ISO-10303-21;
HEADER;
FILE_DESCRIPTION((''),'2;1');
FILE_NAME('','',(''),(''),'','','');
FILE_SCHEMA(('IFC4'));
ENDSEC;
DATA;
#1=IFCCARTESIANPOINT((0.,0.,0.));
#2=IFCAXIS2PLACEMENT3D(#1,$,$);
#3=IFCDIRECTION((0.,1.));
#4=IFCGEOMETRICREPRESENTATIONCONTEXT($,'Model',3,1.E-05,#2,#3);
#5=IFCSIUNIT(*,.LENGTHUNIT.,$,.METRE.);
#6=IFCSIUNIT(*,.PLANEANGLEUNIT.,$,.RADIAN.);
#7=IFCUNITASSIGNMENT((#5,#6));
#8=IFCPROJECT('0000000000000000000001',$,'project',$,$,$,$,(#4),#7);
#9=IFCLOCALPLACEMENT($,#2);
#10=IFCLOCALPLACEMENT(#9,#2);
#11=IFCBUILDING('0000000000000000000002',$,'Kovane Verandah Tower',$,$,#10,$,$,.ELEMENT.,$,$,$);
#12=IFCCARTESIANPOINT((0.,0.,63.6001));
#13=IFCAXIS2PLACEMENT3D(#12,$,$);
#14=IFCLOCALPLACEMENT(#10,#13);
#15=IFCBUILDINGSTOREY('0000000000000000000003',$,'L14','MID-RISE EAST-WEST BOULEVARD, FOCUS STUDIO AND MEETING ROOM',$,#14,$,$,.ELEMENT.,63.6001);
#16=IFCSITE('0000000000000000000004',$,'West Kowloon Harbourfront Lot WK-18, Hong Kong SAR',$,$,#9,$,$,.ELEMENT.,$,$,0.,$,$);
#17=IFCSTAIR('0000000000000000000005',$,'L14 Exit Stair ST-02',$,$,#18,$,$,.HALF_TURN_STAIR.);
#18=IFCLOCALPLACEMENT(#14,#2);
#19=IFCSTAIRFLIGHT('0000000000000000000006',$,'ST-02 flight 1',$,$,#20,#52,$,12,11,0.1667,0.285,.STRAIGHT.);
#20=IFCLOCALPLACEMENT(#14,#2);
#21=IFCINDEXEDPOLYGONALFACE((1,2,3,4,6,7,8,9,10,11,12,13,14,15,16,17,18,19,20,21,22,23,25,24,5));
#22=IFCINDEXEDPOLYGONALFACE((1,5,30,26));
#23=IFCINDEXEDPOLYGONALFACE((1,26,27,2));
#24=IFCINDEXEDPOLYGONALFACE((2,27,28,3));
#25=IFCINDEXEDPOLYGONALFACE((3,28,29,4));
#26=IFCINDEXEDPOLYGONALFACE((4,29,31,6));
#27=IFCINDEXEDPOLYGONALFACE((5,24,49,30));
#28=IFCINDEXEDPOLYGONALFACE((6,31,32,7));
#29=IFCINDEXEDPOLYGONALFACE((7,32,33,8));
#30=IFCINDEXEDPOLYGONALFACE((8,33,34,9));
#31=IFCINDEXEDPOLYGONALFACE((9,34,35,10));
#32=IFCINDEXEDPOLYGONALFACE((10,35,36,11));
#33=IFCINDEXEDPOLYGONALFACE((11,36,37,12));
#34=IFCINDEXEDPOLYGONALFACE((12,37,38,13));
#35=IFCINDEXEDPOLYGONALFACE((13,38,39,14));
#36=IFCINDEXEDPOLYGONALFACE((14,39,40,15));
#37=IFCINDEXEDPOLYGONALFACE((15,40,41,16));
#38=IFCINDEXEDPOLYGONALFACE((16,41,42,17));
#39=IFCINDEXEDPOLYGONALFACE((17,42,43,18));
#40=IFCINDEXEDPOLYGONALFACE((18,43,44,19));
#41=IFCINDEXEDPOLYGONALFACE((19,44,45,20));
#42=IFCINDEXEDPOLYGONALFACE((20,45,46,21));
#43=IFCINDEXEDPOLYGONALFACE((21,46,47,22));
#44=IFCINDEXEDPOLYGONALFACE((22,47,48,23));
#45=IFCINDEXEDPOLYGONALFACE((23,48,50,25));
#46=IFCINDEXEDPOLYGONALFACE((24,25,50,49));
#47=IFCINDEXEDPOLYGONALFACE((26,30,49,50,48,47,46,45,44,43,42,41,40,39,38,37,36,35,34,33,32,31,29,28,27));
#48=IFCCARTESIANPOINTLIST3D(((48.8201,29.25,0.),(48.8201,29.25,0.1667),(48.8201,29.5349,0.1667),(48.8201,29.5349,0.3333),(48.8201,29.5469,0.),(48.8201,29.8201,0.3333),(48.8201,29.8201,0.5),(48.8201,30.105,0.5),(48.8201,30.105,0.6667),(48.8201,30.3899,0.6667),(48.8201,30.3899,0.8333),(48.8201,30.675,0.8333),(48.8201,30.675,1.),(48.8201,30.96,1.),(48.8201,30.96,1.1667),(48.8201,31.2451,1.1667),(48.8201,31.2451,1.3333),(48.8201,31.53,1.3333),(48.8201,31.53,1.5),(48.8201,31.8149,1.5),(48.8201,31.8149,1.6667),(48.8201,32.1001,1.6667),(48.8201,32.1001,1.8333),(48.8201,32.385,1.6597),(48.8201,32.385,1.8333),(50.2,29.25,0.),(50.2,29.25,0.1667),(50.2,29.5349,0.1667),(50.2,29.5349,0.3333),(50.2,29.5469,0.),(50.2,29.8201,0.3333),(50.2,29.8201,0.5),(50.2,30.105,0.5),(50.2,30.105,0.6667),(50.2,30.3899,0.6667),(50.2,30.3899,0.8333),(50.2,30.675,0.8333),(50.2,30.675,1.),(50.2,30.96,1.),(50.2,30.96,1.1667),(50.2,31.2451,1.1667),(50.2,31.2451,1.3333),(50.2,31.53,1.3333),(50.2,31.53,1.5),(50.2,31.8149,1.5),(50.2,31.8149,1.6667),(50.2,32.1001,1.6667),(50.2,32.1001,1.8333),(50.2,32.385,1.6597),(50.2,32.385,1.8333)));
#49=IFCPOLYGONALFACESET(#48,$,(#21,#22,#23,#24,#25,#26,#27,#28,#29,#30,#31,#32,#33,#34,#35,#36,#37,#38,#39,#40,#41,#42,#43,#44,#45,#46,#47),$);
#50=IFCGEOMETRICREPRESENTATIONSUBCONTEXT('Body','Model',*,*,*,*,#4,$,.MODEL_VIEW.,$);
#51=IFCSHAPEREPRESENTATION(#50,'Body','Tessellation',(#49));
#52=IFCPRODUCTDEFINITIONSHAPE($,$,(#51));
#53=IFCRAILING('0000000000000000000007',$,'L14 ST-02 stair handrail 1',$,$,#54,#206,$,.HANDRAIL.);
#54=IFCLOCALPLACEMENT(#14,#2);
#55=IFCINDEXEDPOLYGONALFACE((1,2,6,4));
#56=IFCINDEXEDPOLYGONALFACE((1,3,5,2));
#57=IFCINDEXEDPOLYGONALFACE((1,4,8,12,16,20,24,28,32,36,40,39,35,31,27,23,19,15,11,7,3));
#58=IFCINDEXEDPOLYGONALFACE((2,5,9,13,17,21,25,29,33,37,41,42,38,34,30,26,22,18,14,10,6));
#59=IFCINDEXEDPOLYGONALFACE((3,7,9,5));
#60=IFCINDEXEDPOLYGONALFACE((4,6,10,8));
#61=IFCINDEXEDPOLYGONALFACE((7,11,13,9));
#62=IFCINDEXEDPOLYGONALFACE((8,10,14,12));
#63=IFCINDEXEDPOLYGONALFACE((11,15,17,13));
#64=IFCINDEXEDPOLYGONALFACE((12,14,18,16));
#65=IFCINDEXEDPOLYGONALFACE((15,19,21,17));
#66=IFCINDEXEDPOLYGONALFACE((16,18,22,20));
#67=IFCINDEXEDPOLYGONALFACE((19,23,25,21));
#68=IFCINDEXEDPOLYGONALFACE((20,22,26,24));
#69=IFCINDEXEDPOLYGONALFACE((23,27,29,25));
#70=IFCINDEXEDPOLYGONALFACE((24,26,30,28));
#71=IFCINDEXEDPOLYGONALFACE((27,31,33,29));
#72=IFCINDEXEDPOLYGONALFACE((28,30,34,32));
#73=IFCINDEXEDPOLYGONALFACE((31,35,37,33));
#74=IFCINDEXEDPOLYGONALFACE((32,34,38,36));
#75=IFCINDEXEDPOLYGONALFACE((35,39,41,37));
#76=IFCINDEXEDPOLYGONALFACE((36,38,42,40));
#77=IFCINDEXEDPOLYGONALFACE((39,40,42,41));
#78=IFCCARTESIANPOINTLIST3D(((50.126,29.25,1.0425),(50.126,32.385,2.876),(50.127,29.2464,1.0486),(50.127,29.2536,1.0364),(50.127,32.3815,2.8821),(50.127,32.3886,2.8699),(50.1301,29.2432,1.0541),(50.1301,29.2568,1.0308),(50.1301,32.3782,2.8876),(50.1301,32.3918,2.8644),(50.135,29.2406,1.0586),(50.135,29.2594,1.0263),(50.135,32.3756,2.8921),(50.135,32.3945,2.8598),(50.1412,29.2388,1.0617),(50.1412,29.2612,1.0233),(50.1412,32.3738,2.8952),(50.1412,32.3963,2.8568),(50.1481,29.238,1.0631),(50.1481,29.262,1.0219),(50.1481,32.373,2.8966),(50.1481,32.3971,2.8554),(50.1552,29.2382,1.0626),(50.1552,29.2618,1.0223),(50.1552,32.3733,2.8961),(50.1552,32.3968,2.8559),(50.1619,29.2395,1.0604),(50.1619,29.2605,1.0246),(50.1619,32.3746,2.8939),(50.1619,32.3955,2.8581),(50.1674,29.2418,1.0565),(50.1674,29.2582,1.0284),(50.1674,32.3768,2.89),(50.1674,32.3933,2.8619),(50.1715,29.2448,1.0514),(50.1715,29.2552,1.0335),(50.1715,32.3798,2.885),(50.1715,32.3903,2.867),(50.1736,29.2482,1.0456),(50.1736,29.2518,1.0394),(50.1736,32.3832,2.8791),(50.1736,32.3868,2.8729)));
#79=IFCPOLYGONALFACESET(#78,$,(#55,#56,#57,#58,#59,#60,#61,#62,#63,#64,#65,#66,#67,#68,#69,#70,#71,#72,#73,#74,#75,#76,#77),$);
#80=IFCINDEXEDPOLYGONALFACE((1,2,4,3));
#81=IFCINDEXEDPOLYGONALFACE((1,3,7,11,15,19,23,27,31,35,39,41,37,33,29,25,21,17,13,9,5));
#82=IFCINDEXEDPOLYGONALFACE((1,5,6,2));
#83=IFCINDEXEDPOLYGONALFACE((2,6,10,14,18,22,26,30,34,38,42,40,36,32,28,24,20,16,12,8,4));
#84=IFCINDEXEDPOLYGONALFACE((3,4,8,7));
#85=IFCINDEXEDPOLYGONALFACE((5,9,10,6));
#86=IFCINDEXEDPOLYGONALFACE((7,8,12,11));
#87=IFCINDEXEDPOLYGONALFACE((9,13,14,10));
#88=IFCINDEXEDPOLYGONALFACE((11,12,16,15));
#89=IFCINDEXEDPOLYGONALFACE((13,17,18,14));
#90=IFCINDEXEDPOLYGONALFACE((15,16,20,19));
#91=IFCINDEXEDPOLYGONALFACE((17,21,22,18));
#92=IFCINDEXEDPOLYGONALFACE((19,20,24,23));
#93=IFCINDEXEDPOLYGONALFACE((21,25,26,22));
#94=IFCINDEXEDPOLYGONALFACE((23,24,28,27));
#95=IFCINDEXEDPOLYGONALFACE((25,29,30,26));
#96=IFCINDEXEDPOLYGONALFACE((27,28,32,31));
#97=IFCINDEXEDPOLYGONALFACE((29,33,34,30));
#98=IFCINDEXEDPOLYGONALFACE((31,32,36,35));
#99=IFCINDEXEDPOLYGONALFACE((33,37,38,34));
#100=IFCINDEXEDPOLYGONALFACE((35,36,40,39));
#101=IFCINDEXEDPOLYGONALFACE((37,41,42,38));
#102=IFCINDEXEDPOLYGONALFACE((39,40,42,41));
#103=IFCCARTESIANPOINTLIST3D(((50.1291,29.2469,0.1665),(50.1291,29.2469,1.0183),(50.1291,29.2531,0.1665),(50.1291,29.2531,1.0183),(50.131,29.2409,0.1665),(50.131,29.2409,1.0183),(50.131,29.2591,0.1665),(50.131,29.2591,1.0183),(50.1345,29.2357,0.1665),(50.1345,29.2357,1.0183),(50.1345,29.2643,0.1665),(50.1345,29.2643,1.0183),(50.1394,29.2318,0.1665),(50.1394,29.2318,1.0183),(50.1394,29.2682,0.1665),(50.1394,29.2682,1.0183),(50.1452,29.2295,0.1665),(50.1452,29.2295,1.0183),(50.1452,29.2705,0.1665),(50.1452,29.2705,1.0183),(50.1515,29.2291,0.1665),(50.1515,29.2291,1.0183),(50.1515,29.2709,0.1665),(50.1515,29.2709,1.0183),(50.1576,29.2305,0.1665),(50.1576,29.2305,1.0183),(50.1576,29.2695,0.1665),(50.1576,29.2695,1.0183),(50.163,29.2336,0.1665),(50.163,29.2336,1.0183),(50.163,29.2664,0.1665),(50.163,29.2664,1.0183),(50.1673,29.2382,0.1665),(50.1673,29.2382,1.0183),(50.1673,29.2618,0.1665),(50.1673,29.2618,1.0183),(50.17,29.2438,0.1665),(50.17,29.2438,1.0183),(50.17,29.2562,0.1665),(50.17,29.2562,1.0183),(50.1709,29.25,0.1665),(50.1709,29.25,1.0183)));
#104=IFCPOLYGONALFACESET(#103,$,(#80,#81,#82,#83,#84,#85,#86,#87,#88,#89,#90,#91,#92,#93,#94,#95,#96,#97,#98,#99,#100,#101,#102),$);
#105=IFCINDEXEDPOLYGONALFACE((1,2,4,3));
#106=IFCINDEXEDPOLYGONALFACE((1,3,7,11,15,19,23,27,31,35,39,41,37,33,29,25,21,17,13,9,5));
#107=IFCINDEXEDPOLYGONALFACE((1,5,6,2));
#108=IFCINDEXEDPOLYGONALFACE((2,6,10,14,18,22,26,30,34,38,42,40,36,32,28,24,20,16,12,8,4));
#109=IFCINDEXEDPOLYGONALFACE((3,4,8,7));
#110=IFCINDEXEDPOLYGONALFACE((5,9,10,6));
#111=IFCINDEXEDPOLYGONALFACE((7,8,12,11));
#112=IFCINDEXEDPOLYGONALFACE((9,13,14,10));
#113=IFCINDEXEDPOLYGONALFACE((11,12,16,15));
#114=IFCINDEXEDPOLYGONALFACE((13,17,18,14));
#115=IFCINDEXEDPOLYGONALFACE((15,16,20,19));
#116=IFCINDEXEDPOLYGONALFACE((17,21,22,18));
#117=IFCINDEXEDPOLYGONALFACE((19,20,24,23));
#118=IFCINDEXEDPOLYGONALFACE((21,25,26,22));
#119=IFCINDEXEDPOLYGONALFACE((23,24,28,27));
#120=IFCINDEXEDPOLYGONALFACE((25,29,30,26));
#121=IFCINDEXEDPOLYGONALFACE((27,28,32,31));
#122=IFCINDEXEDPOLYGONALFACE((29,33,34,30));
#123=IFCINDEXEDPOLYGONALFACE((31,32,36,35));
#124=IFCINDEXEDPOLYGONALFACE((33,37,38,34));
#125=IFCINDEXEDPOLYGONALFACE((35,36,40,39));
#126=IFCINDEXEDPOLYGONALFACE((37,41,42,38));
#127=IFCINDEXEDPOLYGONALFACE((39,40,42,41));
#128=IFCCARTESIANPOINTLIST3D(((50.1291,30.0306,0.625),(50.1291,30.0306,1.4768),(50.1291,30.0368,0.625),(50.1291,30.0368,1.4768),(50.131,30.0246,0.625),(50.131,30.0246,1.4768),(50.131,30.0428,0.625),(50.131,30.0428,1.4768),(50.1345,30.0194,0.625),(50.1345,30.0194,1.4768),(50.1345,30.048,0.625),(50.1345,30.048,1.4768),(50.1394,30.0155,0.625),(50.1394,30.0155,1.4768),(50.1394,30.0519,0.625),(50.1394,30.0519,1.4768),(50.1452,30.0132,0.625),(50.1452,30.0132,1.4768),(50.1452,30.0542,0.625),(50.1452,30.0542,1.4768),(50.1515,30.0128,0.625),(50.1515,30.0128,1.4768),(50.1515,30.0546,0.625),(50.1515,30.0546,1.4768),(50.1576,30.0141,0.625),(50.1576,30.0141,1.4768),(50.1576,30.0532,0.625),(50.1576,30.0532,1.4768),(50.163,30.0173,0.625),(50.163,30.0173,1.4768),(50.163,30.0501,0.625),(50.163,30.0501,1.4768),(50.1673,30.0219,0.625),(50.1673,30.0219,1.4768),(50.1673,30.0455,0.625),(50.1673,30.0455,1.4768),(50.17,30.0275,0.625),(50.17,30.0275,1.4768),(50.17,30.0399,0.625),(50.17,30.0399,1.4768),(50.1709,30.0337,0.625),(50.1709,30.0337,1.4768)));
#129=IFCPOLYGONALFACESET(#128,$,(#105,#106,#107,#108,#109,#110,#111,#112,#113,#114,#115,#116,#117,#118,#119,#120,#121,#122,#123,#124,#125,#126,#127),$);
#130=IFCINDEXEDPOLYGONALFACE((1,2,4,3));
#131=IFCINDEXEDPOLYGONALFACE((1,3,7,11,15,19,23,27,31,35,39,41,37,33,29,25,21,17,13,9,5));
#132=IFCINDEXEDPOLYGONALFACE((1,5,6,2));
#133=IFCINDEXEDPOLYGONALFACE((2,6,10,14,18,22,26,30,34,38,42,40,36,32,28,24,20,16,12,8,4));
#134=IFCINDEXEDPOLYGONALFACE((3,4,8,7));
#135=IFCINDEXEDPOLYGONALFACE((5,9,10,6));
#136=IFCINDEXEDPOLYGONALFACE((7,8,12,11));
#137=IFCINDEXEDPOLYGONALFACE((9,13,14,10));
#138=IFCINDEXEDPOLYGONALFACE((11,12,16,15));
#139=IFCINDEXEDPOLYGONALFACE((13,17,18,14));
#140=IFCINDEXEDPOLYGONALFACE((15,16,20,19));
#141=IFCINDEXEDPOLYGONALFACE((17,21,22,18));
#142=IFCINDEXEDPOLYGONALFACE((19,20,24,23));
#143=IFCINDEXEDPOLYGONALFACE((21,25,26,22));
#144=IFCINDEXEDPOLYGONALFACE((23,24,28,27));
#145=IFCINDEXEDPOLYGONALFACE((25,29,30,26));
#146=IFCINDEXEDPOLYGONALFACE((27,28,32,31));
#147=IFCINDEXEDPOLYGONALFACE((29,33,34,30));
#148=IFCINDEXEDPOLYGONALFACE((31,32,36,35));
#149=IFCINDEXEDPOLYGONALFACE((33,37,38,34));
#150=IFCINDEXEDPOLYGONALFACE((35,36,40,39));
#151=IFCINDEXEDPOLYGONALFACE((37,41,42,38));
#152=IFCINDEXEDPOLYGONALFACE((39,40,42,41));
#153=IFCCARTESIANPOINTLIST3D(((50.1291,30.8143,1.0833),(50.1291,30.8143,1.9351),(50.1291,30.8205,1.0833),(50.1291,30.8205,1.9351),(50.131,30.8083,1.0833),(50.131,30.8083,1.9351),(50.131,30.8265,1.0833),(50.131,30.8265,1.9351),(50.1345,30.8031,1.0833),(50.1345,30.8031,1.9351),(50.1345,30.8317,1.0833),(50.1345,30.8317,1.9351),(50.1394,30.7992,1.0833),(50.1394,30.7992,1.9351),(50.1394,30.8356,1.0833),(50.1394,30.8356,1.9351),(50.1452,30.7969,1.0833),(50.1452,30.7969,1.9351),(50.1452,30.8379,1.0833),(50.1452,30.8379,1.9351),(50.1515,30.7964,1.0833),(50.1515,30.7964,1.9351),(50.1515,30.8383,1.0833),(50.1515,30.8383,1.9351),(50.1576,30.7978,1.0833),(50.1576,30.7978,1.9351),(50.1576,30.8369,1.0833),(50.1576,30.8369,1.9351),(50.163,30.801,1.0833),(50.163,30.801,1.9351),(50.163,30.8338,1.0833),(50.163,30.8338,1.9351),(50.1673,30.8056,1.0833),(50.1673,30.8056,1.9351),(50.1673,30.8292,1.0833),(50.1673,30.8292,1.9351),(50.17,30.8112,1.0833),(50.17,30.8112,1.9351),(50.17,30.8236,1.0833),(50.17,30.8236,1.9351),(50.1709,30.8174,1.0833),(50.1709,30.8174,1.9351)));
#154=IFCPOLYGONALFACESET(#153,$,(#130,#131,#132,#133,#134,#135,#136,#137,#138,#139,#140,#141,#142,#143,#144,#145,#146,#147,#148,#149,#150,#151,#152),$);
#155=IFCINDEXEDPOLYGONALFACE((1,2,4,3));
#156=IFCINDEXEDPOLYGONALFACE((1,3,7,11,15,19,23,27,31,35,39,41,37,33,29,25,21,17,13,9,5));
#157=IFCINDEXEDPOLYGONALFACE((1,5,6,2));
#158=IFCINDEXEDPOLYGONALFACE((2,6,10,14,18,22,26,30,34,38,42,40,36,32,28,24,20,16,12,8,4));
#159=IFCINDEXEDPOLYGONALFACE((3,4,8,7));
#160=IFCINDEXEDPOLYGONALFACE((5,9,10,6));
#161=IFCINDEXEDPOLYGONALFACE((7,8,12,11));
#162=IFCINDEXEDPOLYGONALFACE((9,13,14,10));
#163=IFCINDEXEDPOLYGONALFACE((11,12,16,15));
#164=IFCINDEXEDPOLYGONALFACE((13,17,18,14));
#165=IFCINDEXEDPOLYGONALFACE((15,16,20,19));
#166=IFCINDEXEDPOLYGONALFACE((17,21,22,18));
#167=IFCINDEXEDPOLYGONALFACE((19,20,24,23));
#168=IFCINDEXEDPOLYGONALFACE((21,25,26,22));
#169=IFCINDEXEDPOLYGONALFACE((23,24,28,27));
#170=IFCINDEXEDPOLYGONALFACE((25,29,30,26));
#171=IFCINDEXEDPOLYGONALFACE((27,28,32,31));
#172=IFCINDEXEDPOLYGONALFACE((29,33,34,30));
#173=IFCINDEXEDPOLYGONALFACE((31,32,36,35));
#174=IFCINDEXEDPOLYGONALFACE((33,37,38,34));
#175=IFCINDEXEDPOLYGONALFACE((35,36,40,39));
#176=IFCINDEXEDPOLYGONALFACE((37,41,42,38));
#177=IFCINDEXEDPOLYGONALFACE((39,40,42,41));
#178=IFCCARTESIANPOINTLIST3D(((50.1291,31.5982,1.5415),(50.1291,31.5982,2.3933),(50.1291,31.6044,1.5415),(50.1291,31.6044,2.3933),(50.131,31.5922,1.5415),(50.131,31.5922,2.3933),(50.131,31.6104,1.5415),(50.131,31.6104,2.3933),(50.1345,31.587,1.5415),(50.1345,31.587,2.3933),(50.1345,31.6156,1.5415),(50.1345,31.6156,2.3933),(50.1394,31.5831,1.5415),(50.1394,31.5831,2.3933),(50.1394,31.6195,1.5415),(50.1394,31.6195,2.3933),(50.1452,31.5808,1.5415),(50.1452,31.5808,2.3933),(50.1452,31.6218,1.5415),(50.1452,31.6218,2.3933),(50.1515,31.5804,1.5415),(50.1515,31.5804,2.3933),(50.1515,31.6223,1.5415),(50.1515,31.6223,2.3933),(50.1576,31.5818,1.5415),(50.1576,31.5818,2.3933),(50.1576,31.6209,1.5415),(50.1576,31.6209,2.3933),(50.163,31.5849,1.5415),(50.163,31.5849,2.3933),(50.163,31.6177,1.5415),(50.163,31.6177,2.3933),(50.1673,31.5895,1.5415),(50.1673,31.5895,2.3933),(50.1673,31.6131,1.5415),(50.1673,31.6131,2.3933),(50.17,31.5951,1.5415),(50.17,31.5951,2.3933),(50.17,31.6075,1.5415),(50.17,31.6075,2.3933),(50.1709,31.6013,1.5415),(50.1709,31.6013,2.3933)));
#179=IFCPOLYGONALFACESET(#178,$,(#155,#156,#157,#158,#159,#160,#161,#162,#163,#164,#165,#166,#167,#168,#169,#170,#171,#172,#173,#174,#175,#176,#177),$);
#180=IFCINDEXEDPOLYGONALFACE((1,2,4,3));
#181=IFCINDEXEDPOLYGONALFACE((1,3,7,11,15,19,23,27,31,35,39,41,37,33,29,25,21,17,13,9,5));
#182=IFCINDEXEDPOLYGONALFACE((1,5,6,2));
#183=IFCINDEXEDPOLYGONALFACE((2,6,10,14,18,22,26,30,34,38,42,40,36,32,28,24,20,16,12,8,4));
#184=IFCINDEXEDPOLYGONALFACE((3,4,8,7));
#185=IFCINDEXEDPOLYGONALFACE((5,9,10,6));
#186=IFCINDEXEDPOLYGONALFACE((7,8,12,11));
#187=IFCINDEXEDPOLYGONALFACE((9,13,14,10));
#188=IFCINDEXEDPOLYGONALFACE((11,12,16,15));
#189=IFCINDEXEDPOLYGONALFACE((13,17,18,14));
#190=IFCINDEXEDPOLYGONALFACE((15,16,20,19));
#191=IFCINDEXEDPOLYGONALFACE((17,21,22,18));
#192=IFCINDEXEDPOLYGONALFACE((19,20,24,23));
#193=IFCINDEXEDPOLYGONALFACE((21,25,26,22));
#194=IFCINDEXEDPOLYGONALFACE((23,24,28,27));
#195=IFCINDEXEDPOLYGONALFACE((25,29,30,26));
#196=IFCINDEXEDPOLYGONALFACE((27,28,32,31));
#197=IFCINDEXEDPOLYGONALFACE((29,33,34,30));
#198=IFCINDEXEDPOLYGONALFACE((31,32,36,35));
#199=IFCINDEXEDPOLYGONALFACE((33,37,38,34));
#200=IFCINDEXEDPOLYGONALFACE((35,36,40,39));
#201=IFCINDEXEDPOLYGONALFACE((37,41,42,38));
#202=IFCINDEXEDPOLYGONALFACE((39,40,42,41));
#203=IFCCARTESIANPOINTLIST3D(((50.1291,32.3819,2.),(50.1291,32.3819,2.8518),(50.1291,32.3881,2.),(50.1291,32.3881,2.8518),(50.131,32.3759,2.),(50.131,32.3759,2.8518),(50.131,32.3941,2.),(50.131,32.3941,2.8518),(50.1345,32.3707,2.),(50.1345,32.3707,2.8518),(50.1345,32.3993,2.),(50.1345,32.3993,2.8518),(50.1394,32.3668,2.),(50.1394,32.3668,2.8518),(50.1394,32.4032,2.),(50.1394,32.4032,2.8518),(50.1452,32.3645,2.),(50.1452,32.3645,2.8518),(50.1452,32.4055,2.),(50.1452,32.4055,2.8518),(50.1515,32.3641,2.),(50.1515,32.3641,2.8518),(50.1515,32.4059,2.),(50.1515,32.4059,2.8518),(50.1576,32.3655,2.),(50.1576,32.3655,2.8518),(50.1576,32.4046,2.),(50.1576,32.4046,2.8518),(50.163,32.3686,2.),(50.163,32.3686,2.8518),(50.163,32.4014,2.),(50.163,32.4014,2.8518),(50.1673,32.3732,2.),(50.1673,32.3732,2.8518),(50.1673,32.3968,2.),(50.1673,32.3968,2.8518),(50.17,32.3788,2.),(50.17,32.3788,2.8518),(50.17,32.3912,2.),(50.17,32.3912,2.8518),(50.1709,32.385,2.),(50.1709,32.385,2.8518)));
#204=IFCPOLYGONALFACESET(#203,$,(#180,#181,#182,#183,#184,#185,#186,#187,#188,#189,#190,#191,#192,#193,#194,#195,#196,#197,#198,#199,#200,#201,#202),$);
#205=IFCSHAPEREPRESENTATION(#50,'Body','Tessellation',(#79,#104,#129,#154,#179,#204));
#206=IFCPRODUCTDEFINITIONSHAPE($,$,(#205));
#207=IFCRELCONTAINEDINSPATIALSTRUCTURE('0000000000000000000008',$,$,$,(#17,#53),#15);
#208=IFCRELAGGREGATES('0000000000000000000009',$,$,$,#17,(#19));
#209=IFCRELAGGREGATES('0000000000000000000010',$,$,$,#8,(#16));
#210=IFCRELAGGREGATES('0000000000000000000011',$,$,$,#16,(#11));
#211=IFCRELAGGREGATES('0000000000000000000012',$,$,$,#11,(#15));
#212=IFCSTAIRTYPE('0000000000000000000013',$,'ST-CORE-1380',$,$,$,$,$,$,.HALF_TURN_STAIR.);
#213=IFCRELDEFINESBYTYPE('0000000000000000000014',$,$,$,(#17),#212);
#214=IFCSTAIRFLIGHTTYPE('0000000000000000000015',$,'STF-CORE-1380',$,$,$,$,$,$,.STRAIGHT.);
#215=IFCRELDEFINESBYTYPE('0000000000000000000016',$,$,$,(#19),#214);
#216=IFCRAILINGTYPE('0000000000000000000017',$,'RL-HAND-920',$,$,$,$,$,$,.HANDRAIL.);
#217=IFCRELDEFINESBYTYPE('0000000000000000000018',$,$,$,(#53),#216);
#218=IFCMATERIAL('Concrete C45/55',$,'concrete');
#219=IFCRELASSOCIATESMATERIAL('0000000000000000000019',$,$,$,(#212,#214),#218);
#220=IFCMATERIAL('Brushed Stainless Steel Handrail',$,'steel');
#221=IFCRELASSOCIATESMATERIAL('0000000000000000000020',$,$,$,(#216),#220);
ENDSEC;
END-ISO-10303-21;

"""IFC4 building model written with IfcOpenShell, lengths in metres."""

from ifc_helpers import new_model, si_unit, direction, frame, origin, origin_2d, place, context, subcontext, project, spatial, polyline, circle, outline, extrude, material, type_object, element, aggregate, save


model = new_model("IFC4")

# Units and contexts
model_context = context("Model", 3, precision=1e-05, world=origin(), true_north=direction((0.0, 1.0)))
body_context = subcontext(model_context, "Body", "Model", "MODEL_VIEW")
ifc_project = project(units=[si_unit("LENGTHUNIT", "METRE"), si_unit("PLANEANGLEUNIT", "RADIAN")], contexts=[model_context])

# Site, building, storey
site_placement = place(None, origin())
site = spatial("IfcSite", under=ifc_project, at=site_placement, Name="West Kowloon Harbourfront Lot WK-18, Hong Kong SAR", CompositionType="ELEMENT", RefElevation=0.0)
building_placement = place(site_placement, origin())
building = spatial("IfcBuilding", under=site, at=building_placement, Name="Kovane Verandah Tower", CompositionType="ELEMENT")
storey_placement = place(building_placement, frame((0.0, 0.0, 63.6001)))
storey = spatial("IfcBuildingStorey", under=building, at=storey_placement, Name="L14", Description="MID-RISE EAST-WEST BOULEVARD, FOCUS STUDIO AND MEETING ROOM", CompositionType="ELEMENT", Elevation=63.6001)

# Shared definitions
ifc_material_1 = material(Name="Concrete C45/55", Category="concrete")

# Stair, stair flight
stair_type = type_object("IfcStairType", Name="ST-CORE-1380", PredefinedType="HALF_TURN_STAIR", material=ifc_material_1)
stair_placement = place(storey_placement, origin())
stair = element("IfcStair", 1, at=stair_placement, inside=storey, type_object=stair_type, Name="L14 Exit Stair ST-02", PredefinedType="HALF_TURN_STAIR")
stair_flight_type = type_object("IfcStairFlightType", Name="STF-CORE-1380", PredefinedType="STRAIGHT", material=ifc_material_1)
stair_flight_placement = place(storey_placement, frame((49.51, 29.25, 0.0), z_axis=(0.0, 0.0, 1.0), x_axis=(0.0, 1.0, 0.0)))
stair_flight = element("IfcStairFlight", 2, at=stair_flight_placement, type_object=stair_flight_type, Name="ST-02 flight 1", NumberOfRisers=12, NumberOfTreads=11, PredefinedType="STRAIGHT", RiserHeight=0.1667, TreadLength=0.285, context=body_context, shape_type="SweptSolid", body=[
    extrude(outline(polyline([(0.0, 0.0), (0.0, 0.1667), (0.2849, 0.1667), (0.2849, 0.3333), (0.5701, 0.3333), (0.5701, 0.5), (0.855, 0.5), (0.855, 0.6667), (1.1399, 0.6667), (1.1399, 0.8333), (1.425, 0.8333), (1.425, 1.0), (1.71, 1.0), (1.71, 1.1667), (1.9951, 1.1667), (1.9951, 1.3333), (2.28, 1.3333), (2.28, 1.5), (2.5649, 1.5), (2.5649, 1.6667), (2.8501, 1.6667), (2.8501, 1.8333), (3.135, 1.8333), (3.135, 2.0), (3.135, 1.6597), (0.2969, 0.0), (0.0, 0.0)])), frame((0.0, 0.6899, 0.0), z_axis=(0.0, -1.0, 0.0), x_axis=(1.0, 0.0, 0.0)), (0.0, 0.0, 1.0), 1.3799),
])
aggregate(stair, [stair_flight])

# Railing
ifc_material_2 = material(Name="Brushed Stainless Steel Handrail", Category="steel")
railing_type_1 = type_object("IfcRailingType", Name="RL-HAND-920", PredefinedType="HANDRAIL", material=ifc_material_2)
railing_1_placement = place(storey_placement, frame((50.1499, 29.25, 0.1665)))
element("IfcRailing", 3, at=railing_1_placement, inside=storey, type_object=railing_type_1, Name="L14 ST-02 stair handrail 1", PredefinedType="HANDRAIL", context=body_context, shape_type="SweptSolid", body=[
    extrude(circle(Radius=0.0239, at=origin_2d()), frame((0.0, 0.0, 0.876), z_axis=(0.0, 0.86321, 0.504845), x_axis=(-1.0, 0.0, 0.0)), (0.0, 0.0, 1.0), 3.6318),
    extrude(circle(Radius=0.021, at=origin_2d()), origin(), (0.0, 0.0, 1.0), 0.8518),
    extrude(circle(Radius=0.021, at=origin_2d()), frame((0.0, 0.7837, 0.4585)), (0.0, 0.0, 1.0), 0.8518),
    extrude(circle(Radius=0.021, at=origin_2d()), frame((0.0, 1.5674, 0.9167)), (0.0, 0.0, 1.0), 0.8518),
    extrude(circle(Radius=0.021, at=origin_2d()), frame((0.0, 2.3513, 1.375)), (0.0, 0.0, 1.0), 0.8518),
    extrude(circle(Radius=0.021, at=origin_2d()), frame((0.0, 3.135, 1.8335)), (0.0, 0.0, 1.0), 0.8518),
])

save(model, "model.ifc")
